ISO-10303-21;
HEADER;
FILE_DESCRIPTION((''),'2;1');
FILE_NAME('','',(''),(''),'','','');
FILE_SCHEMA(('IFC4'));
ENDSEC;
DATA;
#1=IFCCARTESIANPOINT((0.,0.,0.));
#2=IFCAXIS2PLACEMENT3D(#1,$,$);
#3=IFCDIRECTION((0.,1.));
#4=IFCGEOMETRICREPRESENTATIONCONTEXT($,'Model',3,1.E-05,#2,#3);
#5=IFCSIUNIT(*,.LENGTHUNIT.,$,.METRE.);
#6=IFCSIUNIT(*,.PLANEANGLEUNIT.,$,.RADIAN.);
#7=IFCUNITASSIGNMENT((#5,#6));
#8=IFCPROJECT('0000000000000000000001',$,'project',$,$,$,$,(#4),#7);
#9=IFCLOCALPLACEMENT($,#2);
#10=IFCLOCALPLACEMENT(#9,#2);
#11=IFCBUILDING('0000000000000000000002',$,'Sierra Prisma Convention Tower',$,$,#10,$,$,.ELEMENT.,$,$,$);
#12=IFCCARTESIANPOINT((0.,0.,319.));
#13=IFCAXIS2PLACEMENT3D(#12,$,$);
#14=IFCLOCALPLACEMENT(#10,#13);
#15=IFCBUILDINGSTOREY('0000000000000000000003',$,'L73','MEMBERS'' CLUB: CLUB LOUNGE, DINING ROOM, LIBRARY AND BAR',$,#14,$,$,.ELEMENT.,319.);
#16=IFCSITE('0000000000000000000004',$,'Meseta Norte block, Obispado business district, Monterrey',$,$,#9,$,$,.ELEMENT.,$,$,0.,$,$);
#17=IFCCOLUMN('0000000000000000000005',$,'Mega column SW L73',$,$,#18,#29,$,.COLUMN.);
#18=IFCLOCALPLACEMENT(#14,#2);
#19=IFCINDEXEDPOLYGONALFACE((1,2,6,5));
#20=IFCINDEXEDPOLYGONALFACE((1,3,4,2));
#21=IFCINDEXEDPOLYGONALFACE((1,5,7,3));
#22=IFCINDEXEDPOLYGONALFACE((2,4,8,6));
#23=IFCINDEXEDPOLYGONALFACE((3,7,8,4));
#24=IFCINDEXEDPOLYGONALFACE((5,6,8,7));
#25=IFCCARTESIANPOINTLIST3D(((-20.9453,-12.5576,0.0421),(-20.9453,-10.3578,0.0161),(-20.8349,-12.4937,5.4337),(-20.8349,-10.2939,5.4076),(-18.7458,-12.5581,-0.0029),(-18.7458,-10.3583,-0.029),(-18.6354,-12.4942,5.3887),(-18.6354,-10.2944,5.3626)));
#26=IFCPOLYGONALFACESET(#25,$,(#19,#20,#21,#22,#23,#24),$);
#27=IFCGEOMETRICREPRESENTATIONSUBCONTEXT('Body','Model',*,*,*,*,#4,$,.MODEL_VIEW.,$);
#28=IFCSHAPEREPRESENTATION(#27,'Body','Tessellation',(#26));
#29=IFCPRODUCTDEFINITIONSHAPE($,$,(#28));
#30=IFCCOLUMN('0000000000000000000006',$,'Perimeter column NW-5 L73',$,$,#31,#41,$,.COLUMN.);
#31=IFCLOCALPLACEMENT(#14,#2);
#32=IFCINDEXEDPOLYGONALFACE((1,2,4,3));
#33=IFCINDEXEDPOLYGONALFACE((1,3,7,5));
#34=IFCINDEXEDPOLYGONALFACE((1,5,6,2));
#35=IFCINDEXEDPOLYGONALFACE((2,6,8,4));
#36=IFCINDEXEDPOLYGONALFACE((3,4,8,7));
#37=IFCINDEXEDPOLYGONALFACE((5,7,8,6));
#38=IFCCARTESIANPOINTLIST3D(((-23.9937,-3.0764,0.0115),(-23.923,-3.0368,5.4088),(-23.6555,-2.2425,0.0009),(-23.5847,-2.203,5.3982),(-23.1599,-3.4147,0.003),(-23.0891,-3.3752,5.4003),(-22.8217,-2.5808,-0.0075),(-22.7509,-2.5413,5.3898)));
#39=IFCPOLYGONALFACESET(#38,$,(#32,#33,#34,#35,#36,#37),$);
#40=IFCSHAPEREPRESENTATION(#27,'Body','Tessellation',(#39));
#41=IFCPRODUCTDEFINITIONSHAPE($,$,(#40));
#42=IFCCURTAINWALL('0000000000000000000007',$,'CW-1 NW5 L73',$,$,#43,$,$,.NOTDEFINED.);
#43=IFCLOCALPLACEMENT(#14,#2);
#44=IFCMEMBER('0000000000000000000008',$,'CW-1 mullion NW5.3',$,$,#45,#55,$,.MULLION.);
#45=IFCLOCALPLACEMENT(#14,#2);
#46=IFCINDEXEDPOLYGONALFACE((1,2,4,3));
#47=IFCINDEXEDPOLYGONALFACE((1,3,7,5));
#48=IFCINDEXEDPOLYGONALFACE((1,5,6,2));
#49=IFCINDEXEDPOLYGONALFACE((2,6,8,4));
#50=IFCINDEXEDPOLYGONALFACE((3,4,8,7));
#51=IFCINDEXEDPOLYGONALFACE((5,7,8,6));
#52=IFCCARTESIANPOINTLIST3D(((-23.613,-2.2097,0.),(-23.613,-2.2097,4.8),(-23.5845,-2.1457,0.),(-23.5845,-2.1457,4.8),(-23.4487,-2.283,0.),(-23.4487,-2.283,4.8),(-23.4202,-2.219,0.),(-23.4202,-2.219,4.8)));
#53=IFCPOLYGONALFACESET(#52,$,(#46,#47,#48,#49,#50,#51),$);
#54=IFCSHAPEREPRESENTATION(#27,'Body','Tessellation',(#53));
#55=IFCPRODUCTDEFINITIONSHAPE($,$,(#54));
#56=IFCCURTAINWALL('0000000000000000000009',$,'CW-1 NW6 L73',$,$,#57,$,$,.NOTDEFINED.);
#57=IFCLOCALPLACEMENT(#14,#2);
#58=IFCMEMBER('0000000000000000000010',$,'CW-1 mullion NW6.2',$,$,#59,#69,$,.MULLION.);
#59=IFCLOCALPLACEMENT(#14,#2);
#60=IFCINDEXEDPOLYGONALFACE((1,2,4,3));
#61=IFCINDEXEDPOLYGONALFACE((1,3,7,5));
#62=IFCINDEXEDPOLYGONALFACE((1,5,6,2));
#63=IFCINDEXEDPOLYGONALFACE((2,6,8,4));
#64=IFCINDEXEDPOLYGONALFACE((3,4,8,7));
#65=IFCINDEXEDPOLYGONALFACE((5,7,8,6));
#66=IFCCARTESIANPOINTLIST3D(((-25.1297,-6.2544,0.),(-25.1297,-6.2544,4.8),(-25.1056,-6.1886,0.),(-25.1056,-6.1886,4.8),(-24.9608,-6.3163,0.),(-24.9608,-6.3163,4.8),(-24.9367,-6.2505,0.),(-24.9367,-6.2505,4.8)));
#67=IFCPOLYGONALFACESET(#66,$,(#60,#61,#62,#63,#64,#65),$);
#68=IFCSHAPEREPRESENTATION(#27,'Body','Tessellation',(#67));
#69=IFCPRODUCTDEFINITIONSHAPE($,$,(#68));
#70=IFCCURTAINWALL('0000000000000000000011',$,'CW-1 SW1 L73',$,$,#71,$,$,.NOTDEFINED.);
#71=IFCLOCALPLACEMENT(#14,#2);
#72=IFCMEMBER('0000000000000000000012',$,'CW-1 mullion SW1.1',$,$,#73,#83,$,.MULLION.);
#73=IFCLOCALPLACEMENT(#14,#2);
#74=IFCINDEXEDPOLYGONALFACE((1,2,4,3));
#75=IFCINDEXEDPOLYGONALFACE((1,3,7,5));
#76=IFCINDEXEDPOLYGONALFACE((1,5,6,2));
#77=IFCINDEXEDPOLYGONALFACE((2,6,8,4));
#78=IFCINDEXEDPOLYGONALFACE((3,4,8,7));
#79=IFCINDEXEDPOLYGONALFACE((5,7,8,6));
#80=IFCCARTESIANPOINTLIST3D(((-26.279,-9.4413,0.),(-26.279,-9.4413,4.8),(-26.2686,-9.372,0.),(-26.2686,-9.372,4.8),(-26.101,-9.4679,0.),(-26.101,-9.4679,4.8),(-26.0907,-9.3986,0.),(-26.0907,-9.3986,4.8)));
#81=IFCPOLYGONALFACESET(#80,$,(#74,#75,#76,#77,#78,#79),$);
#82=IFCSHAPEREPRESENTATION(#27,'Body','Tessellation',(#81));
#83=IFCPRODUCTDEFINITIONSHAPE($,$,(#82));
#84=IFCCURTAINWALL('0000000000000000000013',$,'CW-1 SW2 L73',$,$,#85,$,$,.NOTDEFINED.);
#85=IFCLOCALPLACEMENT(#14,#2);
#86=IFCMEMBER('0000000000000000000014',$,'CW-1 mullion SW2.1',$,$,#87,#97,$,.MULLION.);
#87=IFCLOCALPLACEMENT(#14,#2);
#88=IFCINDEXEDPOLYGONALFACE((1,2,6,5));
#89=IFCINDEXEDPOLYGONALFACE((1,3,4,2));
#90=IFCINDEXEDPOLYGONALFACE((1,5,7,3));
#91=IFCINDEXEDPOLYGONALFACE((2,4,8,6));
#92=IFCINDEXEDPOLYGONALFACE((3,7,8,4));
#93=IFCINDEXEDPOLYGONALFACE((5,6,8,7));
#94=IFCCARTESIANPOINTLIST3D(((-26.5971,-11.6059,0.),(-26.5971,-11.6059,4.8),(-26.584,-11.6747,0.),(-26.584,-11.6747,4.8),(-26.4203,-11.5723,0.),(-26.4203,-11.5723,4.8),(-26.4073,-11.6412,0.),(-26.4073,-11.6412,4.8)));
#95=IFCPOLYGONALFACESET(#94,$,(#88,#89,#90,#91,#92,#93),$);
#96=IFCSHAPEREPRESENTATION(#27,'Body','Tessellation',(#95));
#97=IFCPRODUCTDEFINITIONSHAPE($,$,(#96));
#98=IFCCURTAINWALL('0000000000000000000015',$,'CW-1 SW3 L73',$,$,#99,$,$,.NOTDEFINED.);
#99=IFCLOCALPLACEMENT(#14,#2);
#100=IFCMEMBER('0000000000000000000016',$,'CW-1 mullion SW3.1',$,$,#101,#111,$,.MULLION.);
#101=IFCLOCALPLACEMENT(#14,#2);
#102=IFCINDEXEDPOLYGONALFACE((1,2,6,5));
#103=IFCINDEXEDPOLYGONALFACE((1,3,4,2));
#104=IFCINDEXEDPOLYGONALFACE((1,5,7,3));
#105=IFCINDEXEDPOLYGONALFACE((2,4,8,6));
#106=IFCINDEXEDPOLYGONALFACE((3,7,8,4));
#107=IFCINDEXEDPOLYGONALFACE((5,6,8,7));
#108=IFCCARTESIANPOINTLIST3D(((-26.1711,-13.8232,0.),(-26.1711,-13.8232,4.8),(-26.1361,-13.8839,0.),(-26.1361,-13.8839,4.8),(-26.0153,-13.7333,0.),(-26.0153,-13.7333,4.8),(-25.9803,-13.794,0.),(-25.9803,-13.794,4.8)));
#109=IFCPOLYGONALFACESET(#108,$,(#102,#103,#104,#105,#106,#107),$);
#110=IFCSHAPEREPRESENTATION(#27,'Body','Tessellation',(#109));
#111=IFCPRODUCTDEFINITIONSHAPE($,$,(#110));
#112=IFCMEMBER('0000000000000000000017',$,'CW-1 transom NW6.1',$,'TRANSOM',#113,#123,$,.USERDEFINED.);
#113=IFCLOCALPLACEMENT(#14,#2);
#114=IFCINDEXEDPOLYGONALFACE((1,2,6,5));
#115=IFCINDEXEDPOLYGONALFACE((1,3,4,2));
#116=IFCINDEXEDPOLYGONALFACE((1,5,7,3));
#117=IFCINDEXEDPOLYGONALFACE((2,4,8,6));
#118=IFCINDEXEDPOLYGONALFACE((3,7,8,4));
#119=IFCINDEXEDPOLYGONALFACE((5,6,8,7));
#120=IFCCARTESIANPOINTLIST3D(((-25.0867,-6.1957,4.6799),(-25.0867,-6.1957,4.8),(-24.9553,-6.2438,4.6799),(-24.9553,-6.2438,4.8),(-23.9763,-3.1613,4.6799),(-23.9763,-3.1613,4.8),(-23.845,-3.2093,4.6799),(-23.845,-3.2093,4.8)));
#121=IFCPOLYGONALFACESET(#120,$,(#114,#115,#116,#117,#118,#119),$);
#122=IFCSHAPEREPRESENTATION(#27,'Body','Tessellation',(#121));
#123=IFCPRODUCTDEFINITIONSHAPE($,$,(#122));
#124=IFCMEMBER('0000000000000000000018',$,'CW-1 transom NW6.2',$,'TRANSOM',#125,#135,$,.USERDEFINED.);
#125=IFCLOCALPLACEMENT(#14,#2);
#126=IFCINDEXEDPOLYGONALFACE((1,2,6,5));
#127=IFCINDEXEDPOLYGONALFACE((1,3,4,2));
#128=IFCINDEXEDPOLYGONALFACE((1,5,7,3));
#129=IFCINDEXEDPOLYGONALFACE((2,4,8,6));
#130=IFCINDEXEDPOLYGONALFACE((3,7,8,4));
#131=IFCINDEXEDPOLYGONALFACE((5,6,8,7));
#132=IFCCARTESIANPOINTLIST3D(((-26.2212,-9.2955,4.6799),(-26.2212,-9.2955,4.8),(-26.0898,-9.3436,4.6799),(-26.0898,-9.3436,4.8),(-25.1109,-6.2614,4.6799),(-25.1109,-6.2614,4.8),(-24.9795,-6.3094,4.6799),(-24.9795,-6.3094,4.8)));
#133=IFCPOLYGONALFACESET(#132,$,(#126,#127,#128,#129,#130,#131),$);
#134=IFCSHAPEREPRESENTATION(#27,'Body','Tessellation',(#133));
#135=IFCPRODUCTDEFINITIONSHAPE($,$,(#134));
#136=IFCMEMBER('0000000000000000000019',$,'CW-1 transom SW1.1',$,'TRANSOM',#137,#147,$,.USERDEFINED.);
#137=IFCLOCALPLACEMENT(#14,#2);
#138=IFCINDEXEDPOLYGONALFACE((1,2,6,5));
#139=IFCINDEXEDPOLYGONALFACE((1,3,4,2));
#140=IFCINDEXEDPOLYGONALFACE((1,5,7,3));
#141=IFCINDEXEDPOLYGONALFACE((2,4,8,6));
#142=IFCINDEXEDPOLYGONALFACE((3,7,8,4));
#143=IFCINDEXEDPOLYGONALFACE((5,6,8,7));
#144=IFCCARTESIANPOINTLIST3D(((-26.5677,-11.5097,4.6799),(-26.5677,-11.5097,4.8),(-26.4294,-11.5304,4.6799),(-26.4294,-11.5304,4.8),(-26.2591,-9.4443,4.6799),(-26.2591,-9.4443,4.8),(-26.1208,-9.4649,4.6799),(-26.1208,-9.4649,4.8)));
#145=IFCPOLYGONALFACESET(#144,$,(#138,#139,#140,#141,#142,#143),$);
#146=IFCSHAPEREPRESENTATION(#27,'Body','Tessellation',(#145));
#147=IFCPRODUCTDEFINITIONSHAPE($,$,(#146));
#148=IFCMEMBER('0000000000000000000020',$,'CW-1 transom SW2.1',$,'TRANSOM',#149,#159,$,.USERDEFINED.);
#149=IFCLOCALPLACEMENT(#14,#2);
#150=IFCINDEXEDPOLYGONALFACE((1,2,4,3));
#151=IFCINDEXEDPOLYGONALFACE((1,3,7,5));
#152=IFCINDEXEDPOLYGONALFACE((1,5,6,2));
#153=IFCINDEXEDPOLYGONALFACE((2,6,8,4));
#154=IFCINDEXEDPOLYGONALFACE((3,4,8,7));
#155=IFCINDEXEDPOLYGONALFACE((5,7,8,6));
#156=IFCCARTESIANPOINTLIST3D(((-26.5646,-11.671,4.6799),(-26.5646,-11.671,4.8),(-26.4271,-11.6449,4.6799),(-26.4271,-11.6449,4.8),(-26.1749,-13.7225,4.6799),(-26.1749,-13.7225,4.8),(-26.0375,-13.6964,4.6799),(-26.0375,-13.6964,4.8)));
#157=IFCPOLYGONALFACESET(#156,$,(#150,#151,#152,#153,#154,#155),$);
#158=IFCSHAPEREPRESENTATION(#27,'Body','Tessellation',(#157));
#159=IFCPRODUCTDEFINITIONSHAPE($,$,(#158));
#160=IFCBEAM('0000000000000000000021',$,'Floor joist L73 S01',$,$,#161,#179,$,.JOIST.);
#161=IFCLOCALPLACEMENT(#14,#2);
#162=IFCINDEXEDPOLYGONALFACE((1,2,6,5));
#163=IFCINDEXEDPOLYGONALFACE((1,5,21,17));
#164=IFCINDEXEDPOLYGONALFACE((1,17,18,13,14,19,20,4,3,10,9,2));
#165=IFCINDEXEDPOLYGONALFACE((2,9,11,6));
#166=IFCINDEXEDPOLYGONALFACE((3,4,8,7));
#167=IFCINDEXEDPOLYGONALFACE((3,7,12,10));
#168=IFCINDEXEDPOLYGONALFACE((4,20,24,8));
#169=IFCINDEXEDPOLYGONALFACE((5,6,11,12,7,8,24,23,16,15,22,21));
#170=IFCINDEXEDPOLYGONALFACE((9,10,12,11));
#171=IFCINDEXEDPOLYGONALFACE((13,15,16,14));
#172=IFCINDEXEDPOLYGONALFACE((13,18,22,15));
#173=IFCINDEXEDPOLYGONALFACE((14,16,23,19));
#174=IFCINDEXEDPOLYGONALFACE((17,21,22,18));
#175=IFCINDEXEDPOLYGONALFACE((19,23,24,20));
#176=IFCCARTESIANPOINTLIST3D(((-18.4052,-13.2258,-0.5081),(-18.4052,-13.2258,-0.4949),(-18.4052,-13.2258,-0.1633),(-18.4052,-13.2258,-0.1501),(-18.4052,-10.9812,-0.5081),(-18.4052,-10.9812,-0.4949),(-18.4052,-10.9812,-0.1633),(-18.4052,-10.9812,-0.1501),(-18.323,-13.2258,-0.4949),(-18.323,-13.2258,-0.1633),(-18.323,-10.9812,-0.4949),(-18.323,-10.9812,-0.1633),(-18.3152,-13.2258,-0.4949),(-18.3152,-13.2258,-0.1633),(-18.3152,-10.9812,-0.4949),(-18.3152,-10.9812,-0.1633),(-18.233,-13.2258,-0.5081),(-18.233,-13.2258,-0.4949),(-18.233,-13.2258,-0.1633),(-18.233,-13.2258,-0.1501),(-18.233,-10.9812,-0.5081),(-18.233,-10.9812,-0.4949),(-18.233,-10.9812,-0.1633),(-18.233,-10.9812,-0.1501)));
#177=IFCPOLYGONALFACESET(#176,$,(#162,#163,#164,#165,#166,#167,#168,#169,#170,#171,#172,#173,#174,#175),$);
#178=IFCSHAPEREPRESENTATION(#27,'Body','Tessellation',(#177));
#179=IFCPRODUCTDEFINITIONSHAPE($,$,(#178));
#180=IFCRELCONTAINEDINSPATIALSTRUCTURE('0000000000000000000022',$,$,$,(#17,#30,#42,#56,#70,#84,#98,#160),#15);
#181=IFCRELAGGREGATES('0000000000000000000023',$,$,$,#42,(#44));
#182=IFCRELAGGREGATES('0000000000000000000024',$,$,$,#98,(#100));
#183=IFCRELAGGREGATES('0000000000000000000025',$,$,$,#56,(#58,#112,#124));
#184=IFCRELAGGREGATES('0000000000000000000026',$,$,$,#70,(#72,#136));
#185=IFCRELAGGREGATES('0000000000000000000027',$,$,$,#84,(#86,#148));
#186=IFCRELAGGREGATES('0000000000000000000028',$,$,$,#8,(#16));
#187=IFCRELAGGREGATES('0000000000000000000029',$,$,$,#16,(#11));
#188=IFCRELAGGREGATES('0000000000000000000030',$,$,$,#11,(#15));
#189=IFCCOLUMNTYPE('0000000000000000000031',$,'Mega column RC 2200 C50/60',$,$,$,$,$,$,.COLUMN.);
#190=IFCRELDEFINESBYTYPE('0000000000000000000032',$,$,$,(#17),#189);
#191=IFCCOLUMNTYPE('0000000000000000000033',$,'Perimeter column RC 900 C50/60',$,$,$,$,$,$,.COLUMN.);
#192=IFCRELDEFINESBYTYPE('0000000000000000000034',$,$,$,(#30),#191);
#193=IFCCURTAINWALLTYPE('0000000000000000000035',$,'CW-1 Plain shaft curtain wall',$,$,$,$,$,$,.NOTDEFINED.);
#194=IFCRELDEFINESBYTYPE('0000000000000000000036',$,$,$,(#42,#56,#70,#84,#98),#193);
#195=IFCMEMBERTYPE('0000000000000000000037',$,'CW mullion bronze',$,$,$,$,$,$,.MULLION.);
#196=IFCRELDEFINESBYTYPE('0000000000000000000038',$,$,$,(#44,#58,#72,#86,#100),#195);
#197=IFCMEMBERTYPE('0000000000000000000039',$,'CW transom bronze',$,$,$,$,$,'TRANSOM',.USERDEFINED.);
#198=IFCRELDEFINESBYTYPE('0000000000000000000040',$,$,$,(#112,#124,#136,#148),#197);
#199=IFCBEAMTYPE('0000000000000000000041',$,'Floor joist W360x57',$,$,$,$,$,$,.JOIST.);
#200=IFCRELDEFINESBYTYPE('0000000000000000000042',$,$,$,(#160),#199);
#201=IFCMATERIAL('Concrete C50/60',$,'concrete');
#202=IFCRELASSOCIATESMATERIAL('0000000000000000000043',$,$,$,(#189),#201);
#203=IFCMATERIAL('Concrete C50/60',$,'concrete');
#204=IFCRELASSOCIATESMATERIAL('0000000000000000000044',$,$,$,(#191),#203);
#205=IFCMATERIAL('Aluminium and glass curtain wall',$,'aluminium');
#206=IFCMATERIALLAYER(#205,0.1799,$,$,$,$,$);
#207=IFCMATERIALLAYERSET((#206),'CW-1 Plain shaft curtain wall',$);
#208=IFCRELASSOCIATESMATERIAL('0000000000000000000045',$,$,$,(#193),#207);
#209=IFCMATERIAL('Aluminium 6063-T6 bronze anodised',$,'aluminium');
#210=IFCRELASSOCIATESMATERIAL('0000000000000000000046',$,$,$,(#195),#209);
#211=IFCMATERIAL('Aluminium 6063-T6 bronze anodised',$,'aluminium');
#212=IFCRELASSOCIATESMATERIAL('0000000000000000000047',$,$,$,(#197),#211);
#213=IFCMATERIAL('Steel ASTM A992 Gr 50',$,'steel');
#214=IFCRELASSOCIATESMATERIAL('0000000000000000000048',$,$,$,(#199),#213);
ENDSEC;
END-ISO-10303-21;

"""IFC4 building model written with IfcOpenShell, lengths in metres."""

from ifc_helpers import new_model, si_unit, direction, frame, origin, origin_2d, place, context, subcontext, project, spatial, rectangle, i_section, extrude, clip, halfspace, material, layer, layer_set, material_profile, profile_set, type_object, element, aggregate, save


model = new_model("IFC4")

# Units and contexts
model_context = context("Model", 3, precision=1e-05, world=origin(), true_north=direction((0.0, 1.0)))
body_context = subcontext(model_context, "Body", "Model", "MODEL_VIEW")
ifc_project = project(units=[si_unit("LENGTHUNIT", "METRE"), si_unit("PLANEANGLEUNIT", "RADIAN")], contexts=[model_context])

# Site, building, storey
site_placement = place(None, origin())
site = spatial("IfcSite", under=ifc_project, at=site_placement, Name="Meseta Norte block, Obispado business district, Monterrey", CompositionType="ELEMENT", RefElevation=0.0)
building_placement = place(site_placement, origin())
building = spatial("IfcBuilding", under=site, at=building_placement, Name="Sierra Prisma Convention Tower", CompositionType="ELEMENT")
storey_placement = place(building_placement, frame((0.0, 0.0, 319.0)))
storey = spatial("IfcBuildingStorey", under=building, at=storey_placement, Name="L73", Description="MEMBERS' CLUB: CLUB LOUNGE, DINING ROOM, LIBRARY AND BAR", CompositionType="ELEMENT", Elevation=319.0)

# Columns
ifc_material_1 = material(Name="Concrete C50/60", Category="concrete")
ifc_material_profile_1 = material_profile(ifc_material_1, rectangle(XDim=2.2, YDim=2.2, at=origin_2d()), Name="Mega column RC 2200 C50/60")
ifc_profile_set_1 = profile_set([ifc_material_profile_1], Name="Concrete C50/60")
column_type_1 = type_object("IfcColumnType", Name="Mega column RC 2200 C50/60", PredefinedType="COLUMN", material=ifc_profile_set_1)
column_1_placement = place(storey_placement, frame((-19.8457, -11.458, 0.0), z_axis=(0.020475, 0.011842, 0.99972), x_axis=(0.99979, -0.000243, -0.020474)))
element("IfcColumn", 1, at=column_1_placement, inside=storey, type_object=column_type_1, Name="Mega column SW L73", PredefinedType="COLUMN", context=body_context, shape_type="SweptSolid", body=[
    clip(clip(extrude(rectangle(XDim=2.2, YDim=2.2, at=origin_2d()), origin(), (0.0, 0.0, 1.0), 5.4014), halfspace(frame((0.0, 0.0, 0.0066)), True)), halfspace(frame((0.0, 0.0, 5.3997)), False)),
])
ifc_material_2 = material(Name="Concrete C50/60", Category="concrete")
ifc_material_profile_2 = material_profile(ifc_material_2, rectangle(XDim=0.8999, YDim=0.8999, at=origin_2d()), Name="Perimeter column RC 900 C50/60")
ifc_profile_set_2 = profile_set([ifc_material_profile_2], Name="Concrete C50/60")
column_type_2 = type_object("IfcColumnType", Name="Perimeter column RC 900 C50/60", PredefinedType="COLUMN", material=ifc_profile_set_2)
column_2_placement = place(storey_placement, frame((-23.4077, -2.8286, 0.0), z_axis=(0.01311, 0.007324, 0.999887), x_axis=(0.375869, 0.926599, -0.011715)))
element("IfcColumn", 2, at=column_2_placement, inside=storey, type_object=column_type_2, Name="Perimeter column NW-5 L73", PredefinedType="COLUMN", context=body_context, shape_type="SweptSolid", body=[
    clip(clip(extrude(rectangle(XDim=0.8999, YDim=0.8999, at=origin_2d()), origin(), (0.0, 0.0, 1.0), 5.4004), halfspace(frame((0.0, 0.0, 0.002)), True)), halfspace(frame((0.0, 0.0, 5.3999)), False)),
])

# Curtain walls, members
ifc_material_3 = material(Name="Aluminium and glass curtain wall", Category="aluminium")
ifc_layer_1 = layer(ifc_material_3, 0.1799)
ifc_layer_set_1 = layer_set([ifc_layer_1], Name="CW-1 Plain shaft curtain wall")
curtain_wall_type = type_object("IfcCurtainWallType", Name="CW-1 Plain shaft curtain wall", PredefinedType="NOTDEFINED", material=ifc_layer_set_1)
curtain_wall_1_placement = place(storey_placement, origin())
curtain_wall_1 = element("IfcCurtainWall", 3, at=curtain_wall_1_placement, inside=storey, type_object=curtain_wall_type, Name="CW-1 NW5 L73", PredefinedType="NOTDEFINED")
ifc_material_4 = material(Name="Aluminium 6063-T6 bronze anodised", Category="aluminium")
ifc_material_profile_3 = material_profile(ifc_material_4, rectangle(XDim=0.1799, YDim=0.0701, at=origin_2d()), Name="ALU MULLION 70x180")
ifc_profile_set_3 = profile_set([ifc_material_profile_3], Name="Aluminium 6063-T6 bronze anodised")
member_type_1 = type_object("IfcMemberType", Name="CW mullion bronze", PredefinedType="MULLION", material=ifc_profile_set_3)
member_1_placement = place(storey_placement, frame((-23.5166, -2.2144, 0.0), z_axis=(0.0, 0.0, 1.0), x_axis=(0.913119, -0.407693, 0.0)))
member_1 = element("IfcMember", 4, at=member_1_placement, type_object=member_type_1, Name="CW-1 mullion NW5.3", PredefinedType="MULLION", context=body_context, shape_type="SweptSolid", body=[
    extrude(rectangle(XDim=0.1799, YDim=0.0701, at=origin_2d()), origin(), (0.0, 0.0, 1.0), 4.8),
])
aggregate(curtain_wall_1, [member_1])
curtain_wall_2_placement = place(storey_placement, origin())
curtain_wall_2 = element("IfcCurtainWall", 5, at=curtain_wall_2_placement, inside=storey, type_object=curtain_wall_type, Name="CW-1 NW6 L73", PredefinedType="NOTDEFINED")
member_2_placement = place(storey_placement, frame((-25.0332, -6.2524, 0.0), z_axis=(0.0, 0.0, 1.0), x_axis=(0.939094, -0.34366, 0.0)))
member_2 = element("IfcMember", 6, at=member_2_placement, type_object=member_type_1, Name="CW-1 mullion NW6.2", PredefinedType="MULLION", context=body_context, shape_type="SweptSolid", body=[
    extrude(rectangle(XDim=0.1799, YDim=0.0701, at=origin_2d()), origin(), (0.0, 0.0, 1.0), 4.8),
])
curtain_wall_3_placement = place(storey_placement, origin())
curtain_wall_3 = element("IfcCurtainWall", 7, at=curtain_wall_3_placement, inside=storey, type_object=curtain_wall_type, Name="CW-1 SW1 L73", PredefinedType="NOTDEFINED")
member_3_placement = place(storey_placement, frame((-26.1848, -9.4199, 0.0), z_axis=(0.0, 0.0, 1.0), x_axis=(0.989026, -0.14774, 0.0)))
member_3 = element("IfcMember", 8, at=member_3_placement, type_object=member_type_1, Name="CW-1 mullion SW1.1", PredefinedType="MULLION", context=body_context, shape_type="SweptSolid", body=[
    extrude(rectangle(XDim=0.1799, YDim=0.0701, at=origin_2d()), origin(), (0.0, 0.0, 1.0), 4.8),
])
curtain_wall_4_placement = place(storey_placement, origin())
curtain_wall_4 = element("IfcCurtainWall", 9, at=curtain_wall_4_placement, inside=storey, type_object=curtain_wall_type, Name="CW-1 SW2 L73", PredefinedType="NOTDEFINED")
member_4_placement = place(storey_placement, frame((-26.5022, -11.6235, 0.0), z_axis=(0.0, 0.0, 1.0), x_axis=(0.982444, 0.186558, 0.0)))
member_4 = element("IfcMember", 10, at=member_4_placement, type_object=member_type_1, Name="CW-1 mullion SW2.1", PredefinedType="MULLION", context=body_context, shape_type="SweptSolid", body=[
    extrude(rectangle(XDim=0.1799, YDim=0.0701, at=origin_2d()), origin(), (0.0, 0.0, 1.0), 4.8),
])
curtain_wall_5_placement = place(storey_placement, origin())
curtain_wall_5 = element("IfcCurtainWall", 11, at=curtain_wall_5_placement, inside=storey, type_object=curtain_wall_type, Name="CW-1 SW3 L73", PredefinedType="NOTDEFINED")
member_5_placement = place(storey_placement, frame((-26.0757, -13.8086, 0.0), z_axis=(0.0, 0.0, 1.0), x_axis=(0.866025, 0.5, 0.0)))
member_5 = element("IfcMember", 12, at=member_5_placement, type_object=member_type_1, Name="CW-1 mullion SW3.1", PredefinedType="MULLION", context=body_context, shape_type="SweptSolid", body=[
    extrude(rectangle(XDim=0.1799, YDim=0.0701, at=origin_2d()), origin(), (0.0, 0.0, 1.0), 4.8),
])
aggregate(curtain_wall_5, [member_5])

# Members
ifc_material_5 = material(Name="Aluminium 6063-T6 bronze anodised", Category="aluminium")
ifc_material_profile_4 = material_profile(ifc_material_5, rectangle(XDim=0.1399, YDim=0.1201, at=origin_2d()), Name="ALU TRANSOM 120x140")
ifc_profile_set_4 = profile_set([ifc_material_profile_4], Name="Aluminium 6063-T6 bronze anodised")
member_type_2 = type_object("IfcMemberType", Name="CW transom bronze", ElementType="TRANSOM", PredefinedType="USERDEFINED", material=ifc_profile_set_4)
member_6_placement = place(storey_placement, frame((-23.9106, -3.1853, 4.74), z_axis=(-0.343635, -0.939103, 0.0), x_axis=(0.939103, -0.343635, 0.0)))
member_6 = element("IfcMember", 13, at=member_6_placement, type_object=member_type_2, Name="CW-1 transom NW6.1", ObjectType="TRANSOM", PredefinedType="USERDEFINED", context=body_context, shape_type="SweptSolid", body=[
    extrude(rectangle(XDim=0.1399, YDim=0.1201, at=origin_2d()), origin(), (0.0, 0.0, 1.0), 3.2312),
])
member_7_placement = place(storey_placement, frame((-25.0452, -6.2854, 4.74), z_axis=(-0.34366, -0.939094, 0.0), x_axis=(0.939094, -0.34366, 0.0)))
member_7 = element("IfcMember", 14, at=member_7_placement, type_object=member_type_2, Name="CW-1 transom NW6.2", ObjectType="TRANSOM", PredefinedType="USERDEFINED", context=body_context, shape_type="SweptSolid", body=[
    extrude(rectangle(XDim=0.1399, YDim=0.1201, at=origin_2d()), origin(), (0.0, 0.0, 1.0), 3.231),
])
member_8_placement = place(storey_placement, frame((-26.1899, -9.4546, 4.74), z_axis=(-0.147769, -0.989022, 0.0), x_axis=(0.989022, -0.147769, 0.0)))
member_8 = element("IfcMember", 15, at=member_8_placement, type_object=member_type_2, Name="CW-1 transom SW1.1", ObjectType="TRANSOM", PredefinedType="USERDEFINED", context=body_context, shape_type="SweptSolid", body=[
    extrude(rectangle(XDim=0.1399, YDim=0.1201, at=origin_2d()), origin(), (0.0, 0.0, 1.0), 2.0884),
])
member_9_placement = place(storey_placement, frame((-26.4958, -11.658, 4.74), z_axis=(0.186596, -0.982437, 0.0), x_axis=(0.982437, 0.186596, 0.0)))
member_9 = element("IfcMember", 16, at=member_9_placement, type_object=member_type_2, Name="CW-1 transom SW2.1", ObjectType="TRANSOM", PredefinedType="USERDEFINED", context=body_context, shape_type="SweptSolid", body=[
    extrude(rectangle(XDim=0.1399, YDim=0.1201, at=origin_2d()), origin(), (0.0, 0.0, 1.0), 2.0881),
])

# Beam
ifc_material_6 = material(Name="Steel ASTM A992 Gr 50", Category="steel")
ifc_material_profile_5 = material_profile(ifc_material_6, i_section(OverallWidth=0.1721, OverallDepth=0.3579, WebThickness=0.0078, FlangeThickness=0.0132, at=origin_2d()), Name="W360x57")
ifc_profile_set_5 = profile_set([ifc_material_profile_5], Name="Steel ASTM A992 Gr 50")
beam_type_1 = type_object("IfcBeamType", Name="Floor joist W360x57", PredefinedType="JOIST", material=ifc_profile_set_5)
beam_1_placement = place(storey_placement, frame((-18.3191, -13.2258, -0.3291), z_axis=(0.0, 1.0, 0.0), x_axis=(-1.0, 0.0, 0.0)))
element("IfcBeam", 17, at=beam_1_placement, inside=storey, type_object=beam_type_1, Name="Floor joist L73 S01", PredefinedType="JOIST", context=body_context, shape_type="SweptSolid", body=[
    extrude(i_section(OverallWidth=0.1721, OverallDepth=0.3579, WebThickness=0.0078, FlangeThickness=0.0132, at=origin_2d()), origin(), (0.0, 0.0, 1.0), 2.2446),
])

aggregate(curtain_wall_2, [member_2, member_6, member_7])
aggregate(curtain_wall_3, [member_3, member_8])
aggregate(curtain_wall_4, [member_4, member_9])

save(model, "model.ifc")
